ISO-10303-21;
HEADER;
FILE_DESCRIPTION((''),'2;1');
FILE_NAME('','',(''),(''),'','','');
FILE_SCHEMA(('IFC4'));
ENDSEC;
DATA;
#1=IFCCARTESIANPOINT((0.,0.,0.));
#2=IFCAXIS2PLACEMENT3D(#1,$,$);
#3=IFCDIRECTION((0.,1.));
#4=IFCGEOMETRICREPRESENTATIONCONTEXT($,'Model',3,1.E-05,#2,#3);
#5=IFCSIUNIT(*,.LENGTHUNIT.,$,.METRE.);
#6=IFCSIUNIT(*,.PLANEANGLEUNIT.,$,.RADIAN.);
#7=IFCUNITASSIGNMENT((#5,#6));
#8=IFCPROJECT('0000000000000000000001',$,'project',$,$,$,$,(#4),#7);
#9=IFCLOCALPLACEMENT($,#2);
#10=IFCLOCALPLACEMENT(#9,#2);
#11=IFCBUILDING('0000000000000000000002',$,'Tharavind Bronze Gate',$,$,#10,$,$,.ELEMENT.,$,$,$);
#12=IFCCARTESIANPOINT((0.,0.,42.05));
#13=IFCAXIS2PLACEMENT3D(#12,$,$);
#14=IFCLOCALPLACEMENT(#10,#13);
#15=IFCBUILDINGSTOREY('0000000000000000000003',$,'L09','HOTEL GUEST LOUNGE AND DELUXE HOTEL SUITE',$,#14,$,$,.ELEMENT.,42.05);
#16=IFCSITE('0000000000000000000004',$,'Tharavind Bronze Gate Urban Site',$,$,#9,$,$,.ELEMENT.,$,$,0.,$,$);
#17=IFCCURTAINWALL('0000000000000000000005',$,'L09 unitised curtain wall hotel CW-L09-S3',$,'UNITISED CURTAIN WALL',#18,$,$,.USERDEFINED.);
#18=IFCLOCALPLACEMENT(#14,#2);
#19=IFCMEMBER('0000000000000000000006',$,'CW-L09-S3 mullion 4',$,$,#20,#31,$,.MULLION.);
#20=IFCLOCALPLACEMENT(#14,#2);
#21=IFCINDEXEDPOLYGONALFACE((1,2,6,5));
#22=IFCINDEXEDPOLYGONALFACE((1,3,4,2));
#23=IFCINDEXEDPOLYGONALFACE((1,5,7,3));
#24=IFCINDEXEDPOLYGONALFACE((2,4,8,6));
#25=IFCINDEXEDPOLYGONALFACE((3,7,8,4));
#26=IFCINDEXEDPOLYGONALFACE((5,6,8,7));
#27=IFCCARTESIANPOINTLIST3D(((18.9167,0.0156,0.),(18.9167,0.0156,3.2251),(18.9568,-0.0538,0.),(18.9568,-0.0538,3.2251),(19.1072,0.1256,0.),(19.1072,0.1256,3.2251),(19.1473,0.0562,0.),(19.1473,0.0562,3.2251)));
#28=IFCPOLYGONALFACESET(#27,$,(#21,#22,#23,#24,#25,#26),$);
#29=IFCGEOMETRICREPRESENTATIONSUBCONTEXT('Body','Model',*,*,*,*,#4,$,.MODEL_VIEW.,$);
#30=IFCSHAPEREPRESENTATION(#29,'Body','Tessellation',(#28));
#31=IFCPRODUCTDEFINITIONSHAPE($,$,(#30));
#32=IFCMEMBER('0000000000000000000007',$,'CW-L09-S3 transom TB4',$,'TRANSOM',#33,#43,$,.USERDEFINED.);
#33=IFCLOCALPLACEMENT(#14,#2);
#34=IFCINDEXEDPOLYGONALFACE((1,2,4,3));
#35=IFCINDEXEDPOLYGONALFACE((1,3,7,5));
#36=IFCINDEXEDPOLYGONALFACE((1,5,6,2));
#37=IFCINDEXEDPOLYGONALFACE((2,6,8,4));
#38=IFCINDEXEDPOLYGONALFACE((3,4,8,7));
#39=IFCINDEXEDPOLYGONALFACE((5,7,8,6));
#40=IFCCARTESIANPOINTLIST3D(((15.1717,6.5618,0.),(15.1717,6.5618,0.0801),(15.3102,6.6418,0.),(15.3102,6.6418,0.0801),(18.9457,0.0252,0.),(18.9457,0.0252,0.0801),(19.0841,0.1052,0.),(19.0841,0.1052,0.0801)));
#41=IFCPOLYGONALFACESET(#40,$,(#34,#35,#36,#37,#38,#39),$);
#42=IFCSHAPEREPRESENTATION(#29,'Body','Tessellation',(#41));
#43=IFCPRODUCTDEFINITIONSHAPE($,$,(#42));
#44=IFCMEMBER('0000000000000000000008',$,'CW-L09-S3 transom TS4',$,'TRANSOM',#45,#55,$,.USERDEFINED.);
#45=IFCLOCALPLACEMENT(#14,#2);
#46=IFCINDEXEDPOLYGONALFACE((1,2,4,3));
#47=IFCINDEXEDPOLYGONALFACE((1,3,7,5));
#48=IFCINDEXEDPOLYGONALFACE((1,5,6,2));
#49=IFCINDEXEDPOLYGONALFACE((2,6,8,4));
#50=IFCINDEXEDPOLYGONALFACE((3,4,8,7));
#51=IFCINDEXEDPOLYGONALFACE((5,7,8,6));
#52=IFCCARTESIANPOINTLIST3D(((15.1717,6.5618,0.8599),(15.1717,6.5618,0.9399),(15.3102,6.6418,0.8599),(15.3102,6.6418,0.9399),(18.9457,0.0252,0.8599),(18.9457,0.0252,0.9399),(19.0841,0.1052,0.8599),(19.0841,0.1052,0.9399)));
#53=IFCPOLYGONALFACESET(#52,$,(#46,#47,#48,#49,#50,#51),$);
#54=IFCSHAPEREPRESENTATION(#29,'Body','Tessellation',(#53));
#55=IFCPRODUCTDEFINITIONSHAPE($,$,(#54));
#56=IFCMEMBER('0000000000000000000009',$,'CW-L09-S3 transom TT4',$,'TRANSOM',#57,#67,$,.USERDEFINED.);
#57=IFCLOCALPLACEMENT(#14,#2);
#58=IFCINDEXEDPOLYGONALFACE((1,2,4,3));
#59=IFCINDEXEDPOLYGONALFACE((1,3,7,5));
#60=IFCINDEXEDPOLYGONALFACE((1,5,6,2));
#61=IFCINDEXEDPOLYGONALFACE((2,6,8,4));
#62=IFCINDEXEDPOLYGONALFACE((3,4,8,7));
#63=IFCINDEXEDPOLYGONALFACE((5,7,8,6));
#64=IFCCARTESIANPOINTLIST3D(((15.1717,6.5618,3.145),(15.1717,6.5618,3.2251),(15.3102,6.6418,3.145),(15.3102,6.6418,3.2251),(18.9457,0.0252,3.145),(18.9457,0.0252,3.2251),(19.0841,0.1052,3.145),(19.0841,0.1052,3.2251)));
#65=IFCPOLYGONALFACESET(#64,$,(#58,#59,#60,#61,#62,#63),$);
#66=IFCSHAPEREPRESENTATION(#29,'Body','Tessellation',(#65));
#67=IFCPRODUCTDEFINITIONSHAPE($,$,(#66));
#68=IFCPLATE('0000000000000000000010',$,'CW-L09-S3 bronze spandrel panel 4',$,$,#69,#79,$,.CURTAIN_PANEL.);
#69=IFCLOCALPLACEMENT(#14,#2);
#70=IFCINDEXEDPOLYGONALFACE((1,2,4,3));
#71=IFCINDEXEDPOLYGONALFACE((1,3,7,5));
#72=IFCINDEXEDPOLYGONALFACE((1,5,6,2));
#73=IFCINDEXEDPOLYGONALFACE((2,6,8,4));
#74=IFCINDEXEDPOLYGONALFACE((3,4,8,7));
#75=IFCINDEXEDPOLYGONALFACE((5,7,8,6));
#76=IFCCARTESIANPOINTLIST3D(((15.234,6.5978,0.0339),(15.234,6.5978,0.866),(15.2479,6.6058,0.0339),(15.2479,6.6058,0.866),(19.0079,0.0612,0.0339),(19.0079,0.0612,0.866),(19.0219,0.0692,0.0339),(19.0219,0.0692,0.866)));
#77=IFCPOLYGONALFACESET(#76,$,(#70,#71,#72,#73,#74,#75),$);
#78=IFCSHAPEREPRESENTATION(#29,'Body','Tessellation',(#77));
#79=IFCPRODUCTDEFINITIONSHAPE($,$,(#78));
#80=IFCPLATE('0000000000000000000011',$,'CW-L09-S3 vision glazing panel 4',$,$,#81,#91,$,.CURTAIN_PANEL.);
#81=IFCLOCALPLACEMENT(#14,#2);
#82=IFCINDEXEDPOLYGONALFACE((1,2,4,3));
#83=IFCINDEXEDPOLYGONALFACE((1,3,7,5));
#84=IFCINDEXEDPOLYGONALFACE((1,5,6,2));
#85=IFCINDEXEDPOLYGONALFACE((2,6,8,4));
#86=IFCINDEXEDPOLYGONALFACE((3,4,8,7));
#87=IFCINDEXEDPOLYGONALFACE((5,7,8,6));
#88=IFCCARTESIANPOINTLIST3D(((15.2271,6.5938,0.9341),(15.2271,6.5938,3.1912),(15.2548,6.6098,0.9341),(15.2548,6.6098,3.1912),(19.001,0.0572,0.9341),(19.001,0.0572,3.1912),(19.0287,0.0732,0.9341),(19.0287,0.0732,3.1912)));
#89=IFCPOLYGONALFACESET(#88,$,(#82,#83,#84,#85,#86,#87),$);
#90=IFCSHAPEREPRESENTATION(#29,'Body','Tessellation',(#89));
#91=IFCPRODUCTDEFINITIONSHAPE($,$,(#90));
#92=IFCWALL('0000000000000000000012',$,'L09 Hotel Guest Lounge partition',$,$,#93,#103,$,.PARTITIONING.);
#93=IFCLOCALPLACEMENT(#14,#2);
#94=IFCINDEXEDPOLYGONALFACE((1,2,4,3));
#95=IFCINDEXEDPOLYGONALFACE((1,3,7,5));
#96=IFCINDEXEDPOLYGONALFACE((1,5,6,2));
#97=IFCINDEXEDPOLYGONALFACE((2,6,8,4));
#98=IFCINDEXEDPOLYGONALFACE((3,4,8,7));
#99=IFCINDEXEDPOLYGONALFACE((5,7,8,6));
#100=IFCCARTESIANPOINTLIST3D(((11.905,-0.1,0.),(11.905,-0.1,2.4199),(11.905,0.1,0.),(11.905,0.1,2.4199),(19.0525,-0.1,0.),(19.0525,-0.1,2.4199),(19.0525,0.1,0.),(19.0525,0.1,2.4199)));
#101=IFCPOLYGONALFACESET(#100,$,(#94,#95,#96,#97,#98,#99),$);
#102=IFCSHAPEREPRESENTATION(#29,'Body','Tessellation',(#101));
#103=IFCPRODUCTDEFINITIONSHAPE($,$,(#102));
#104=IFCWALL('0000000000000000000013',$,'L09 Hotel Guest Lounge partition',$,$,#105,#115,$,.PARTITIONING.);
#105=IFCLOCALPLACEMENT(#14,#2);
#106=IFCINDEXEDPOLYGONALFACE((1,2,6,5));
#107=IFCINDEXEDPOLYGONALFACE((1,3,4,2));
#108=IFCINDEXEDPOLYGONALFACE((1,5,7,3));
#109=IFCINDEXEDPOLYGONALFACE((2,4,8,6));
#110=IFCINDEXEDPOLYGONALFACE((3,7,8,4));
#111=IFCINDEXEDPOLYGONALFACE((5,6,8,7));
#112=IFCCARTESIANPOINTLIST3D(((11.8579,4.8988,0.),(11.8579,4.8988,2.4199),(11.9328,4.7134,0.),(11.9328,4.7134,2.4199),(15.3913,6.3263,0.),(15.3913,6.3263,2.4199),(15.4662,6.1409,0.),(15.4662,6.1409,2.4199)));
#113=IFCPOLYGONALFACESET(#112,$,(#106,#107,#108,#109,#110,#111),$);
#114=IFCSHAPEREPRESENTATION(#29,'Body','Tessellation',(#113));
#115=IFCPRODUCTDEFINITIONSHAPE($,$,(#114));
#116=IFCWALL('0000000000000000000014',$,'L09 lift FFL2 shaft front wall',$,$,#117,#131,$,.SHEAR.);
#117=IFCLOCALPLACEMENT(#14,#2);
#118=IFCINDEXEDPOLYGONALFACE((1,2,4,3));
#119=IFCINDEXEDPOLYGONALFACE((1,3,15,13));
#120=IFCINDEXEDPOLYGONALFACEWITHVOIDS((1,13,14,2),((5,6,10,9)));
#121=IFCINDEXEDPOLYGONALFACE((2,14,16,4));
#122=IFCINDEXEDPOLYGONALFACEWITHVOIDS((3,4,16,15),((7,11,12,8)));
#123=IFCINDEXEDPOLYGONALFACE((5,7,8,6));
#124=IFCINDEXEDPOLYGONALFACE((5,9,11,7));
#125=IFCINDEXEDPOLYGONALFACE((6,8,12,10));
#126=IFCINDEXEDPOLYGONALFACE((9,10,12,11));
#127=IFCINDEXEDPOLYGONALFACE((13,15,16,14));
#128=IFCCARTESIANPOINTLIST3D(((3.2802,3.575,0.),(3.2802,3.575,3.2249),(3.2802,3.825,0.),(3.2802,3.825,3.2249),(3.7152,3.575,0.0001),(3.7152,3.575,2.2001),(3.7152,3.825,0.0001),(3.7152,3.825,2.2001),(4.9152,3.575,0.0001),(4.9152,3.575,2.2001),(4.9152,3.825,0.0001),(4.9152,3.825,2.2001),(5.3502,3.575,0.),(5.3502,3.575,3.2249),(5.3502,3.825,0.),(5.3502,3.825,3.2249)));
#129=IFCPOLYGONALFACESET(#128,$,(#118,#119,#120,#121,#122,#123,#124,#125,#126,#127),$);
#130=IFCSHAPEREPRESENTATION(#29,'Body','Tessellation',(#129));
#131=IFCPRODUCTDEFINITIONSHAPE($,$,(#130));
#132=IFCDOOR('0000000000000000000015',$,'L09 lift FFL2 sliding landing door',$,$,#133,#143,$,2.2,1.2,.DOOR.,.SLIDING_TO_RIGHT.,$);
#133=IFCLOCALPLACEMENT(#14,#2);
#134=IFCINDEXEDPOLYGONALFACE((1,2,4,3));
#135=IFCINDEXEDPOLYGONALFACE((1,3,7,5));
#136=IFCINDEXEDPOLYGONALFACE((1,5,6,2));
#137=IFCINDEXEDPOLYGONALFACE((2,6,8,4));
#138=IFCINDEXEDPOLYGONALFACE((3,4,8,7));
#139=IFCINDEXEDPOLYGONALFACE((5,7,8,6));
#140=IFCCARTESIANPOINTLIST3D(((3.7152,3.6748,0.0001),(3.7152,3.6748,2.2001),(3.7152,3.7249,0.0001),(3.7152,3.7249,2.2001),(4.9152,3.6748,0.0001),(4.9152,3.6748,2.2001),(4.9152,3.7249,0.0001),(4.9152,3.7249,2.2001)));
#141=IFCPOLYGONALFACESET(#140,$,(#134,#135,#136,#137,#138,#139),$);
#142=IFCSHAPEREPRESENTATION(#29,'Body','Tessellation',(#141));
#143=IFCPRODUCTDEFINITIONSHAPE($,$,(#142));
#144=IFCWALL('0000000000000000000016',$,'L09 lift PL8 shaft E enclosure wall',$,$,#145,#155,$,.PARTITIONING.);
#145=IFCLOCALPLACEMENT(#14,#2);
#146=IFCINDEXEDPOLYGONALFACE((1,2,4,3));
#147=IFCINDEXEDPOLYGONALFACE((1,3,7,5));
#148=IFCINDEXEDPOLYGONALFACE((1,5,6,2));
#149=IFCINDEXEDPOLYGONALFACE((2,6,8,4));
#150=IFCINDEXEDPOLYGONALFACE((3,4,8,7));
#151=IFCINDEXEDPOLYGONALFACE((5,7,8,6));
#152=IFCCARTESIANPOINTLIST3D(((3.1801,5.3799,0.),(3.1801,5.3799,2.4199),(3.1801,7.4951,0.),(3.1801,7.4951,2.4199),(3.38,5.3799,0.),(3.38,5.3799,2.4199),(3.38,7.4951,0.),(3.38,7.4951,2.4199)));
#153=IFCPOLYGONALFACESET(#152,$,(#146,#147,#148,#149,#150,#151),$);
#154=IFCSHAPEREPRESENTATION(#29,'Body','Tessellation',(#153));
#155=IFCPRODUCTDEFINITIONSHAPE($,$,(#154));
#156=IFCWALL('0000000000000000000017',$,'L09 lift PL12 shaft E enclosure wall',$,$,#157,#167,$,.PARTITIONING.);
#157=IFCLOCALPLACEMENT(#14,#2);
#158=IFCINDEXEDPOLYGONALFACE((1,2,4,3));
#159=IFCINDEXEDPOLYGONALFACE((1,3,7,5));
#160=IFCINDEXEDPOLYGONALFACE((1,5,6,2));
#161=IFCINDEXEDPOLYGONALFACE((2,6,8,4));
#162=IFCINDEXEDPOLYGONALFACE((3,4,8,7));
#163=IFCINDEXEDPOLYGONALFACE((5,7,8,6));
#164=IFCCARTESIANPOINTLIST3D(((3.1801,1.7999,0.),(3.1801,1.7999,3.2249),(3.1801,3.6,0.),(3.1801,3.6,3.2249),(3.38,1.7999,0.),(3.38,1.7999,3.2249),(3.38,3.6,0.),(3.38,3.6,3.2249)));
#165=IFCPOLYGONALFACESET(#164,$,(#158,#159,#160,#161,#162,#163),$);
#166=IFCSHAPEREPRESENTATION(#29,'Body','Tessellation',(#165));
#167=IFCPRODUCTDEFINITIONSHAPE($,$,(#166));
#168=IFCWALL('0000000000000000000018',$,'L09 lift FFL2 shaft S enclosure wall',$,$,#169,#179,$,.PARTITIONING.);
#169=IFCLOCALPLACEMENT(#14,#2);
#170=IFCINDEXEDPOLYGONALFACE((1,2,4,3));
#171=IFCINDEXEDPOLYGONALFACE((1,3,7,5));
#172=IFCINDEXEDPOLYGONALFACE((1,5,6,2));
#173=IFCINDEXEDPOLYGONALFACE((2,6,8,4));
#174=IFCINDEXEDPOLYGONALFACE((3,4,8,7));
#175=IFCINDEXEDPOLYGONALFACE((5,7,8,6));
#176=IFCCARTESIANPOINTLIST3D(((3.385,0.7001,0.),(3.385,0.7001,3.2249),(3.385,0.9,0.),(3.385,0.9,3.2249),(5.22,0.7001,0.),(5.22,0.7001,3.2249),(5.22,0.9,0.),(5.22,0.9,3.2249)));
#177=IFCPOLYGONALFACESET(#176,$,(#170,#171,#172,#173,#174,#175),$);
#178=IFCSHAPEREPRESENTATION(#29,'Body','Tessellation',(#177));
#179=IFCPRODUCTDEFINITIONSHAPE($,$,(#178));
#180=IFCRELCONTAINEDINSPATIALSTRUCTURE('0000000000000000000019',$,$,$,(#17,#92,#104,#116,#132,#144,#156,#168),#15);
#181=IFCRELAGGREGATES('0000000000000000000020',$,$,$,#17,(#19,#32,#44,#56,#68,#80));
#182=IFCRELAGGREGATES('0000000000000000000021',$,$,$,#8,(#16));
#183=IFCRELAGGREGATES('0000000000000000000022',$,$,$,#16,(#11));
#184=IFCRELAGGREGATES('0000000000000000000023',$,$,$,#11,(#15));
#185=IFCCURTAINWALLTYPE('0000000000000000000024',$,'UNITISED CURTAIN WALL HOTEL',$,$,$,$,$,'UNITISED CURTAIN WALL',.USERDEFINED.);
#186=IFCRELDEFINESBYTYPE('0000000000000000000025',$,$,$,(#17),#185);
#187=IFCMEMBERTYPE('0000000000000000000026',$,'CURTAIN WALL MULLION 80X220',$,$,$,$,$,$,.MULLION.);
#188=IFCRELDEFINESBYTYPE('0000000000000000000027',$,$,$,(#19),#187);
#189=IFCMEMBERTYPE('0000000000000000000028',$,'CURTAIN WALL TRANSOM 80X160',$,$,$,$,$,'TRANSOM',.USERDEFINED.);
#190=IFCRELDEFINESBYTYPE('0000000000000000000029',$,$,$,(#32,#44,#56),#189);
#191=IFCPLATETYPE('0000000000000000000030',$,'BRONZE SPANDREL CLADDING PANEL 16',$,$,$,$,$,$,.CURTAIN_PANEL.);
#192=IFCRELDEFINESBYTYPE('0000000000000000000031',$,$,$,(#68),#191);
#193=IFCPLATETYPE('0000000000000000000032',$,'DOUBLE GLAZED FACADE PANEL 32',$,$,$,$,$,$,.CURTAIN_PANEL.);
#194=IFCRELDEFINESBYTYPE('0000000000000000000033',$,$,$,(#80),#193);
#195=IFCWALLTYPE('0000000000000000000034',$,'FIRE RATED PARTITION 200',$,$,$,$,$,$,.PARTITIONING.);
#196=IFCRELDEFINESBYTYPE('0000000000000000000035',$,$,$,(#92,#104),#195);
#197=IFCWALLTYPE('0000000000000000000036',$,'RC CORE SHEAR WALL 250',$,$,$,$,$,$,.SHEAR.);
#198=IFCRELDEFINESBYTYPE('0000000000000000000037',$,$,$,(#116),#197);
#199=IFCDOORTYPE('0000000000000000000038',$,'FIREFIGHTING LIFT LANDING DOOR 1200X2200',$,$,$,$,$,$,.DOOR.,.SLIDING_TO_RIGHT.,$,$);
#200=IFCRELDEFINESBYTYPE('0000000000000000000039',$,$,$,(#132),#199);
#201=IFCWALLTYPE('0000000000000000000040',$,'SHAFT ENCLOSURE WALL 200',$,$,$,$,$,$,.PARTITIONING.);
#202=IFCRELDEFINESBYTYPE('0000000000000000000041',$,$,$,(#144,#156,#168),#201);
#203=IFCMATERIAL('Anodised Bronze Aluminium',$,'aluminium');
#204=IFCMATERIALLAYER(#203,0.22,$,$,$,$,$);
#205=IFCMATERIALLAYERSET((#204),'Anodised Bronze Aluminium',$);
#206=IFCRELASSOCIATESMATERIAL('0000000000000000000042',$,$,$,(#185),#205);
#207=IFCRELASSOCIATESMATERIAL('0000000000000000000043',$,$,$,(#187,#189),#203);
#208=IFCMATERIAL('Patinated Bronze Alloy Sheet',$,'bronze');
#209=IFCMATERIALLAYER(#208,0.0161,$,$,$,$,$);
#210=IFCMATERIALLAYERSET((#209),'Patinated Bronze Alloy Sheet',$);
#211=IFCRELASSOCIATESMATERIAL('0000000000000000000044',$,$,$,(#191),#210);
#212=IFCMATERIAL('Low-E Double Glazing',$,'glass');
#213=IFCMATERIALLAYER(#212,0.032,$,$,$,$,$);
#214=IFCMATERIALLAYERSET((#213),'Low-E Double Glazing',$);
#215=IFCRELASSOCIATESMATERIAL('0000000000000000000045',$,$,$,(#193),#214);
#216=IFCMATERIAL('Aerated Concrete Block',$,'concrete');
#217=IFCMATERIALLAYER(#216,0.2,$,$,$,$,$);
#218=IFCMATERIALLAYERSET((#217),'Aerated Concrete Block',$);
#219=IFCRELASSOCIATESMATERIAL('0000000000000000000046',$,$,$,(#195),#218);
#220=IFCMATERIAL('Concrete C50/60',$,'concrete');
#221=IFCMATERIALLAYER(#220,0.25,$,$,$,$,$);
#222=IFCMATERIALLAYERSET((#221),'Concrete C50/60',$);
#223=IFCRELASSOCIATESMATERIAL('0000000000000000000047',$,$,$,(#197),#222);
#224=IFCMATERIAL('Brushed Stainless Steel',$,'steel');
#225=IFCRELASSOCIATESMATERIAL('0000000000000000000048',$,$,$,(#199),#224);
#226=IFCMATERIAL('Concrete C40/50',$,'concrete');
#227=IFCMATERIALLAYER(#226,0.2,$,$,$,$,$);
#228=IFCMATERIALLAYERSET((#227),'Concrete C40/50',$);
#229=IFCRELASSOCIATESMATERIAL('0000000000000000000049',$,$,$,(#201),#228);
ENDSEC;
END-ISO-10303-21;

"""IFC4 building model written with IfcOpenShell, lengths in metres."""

from ifc_helpers import new_model, si_unit, direction, frame, frame_2d, origin, origin_2d, place, context, subcontext, project, spatial, rectangle, extrude, material, layer, layer_set, type_object, element, fill, aggregate, save


model = new_model("IFC4")

# Units and contexts
model_context = context("Model", 3, precision=1e-05, world=origin(), true_north=direction((0.0, 1.0)))
body_context = subcontext(model_context, "Body", "Model", "MODEL_VIEW")
ifc_project = project(units=[si_unit("LENGTHUNIT", "METRE"), si_unit("PLANEANGLEUNIT", "RADIAN")], contexts=[model_context])

# Site, building, storey
site_placement = place(None, origin())
site = spatial("IfcSite", under=ifc_project, at=site_placement, Name="Tharavind Bronze Gate Urban Site", CompositionType="ELEMENT", RefElevation=0.0)
building_placement = place(site_placement, origin())
building = spatial("IfcBuilding", under=site, at=building_placement, Name="Tharavind Bronze Gate", CompositionType="ELEMENT")
storey_placement = place(building_placement, frame((0.0, 0.0, 42.05)))
storey = spatial("IfcBuildingStorey", under=building, at=storey_placement, Name="L09", Description="HOTEL GUEST LOUNGE AND DELUXE HOTEL SUITE", CompositionType="ELEMENT", Elevation=42.05)

# Curtain wall, members, plates
ifc_material_1 = material(Name="Anodised Bronze Aluminium", Category="aluminium")
ifc_layer_1 = layer(ifc_material_1, 0.22)
ifc_layer_set_1 = layer_set([ifc_layer_1], Name="Anodised Bronze Aluminium")
curtain_wall_type = type_object("IfcCurtainWallType", Name="UNITISED CURTAIN WALL HOTEL", ElementType="UNITISED CURTAIN WALL", PredefinedType="USERDEFINED", material=ifc_layer_set_1)
curtain_wall_placement = place(storey_placement, origin())
curtain_wall = element("IfcCurtainWall", 1, at=curtain_wall_placement, inside=storey, type_object=curtain_wall_type, Name="L09 unitised curtain wall hotel CW-L09-S3", ObjectType="UNITISED CURTAIN WALL", PredefinedType="USERDEFINED")
member_type_1 = type_object("IfcMemberType", Name="CURTAIN WALL MULLION 80X220", PredefinedType="MULLION", material=ifc_material_1)
member_1_placement = place(storey_placement, frame((19.032, 0.0359, 0.0), z_axis=(0.0, 0.0, 1.0), x_axis=(-0.500002, 0.866025, 0.0)))
member_1 = element("IfcMember", 2, at=member_1_placement, type_object=member_type_1, Name="CW-L09-S3 mullion 4", PredefinedType="MULLION", context=body_context, shape_type="SweptSolid", body=[
    extrude(rectangle(XDim=0.0801, YDim=0.22, at=origin_2d()), origin(), (0.0, 0.0, 1.0), 3.2251),
])
member_type_2 = type_object("IfcMemberType", Name="CURTAIN WALL TRANSOM 80X160", ElementType="TRANSOM", PredefinedType="USERDEFINED", material=ifc_material_1)
member_2_placement = place(storey_placement, frame((17.1279, 3.3335, 0.0), z_axis=(0.0, 0.0, 1.0), x_axis=(-0.500002, 0.866025, 0.0)))
member_2 = element("IfcMember", 3, at=member_2_placement, type_object=member_type_2, Name="CW-L09-S3 transom TB4", ObjectType="TRANSOM", PredefinedType="USERDEFINED", context=body_context, shape_type="SweptSolid", body=[
    extrude(rectangle(XDim=7.5479, YDim=0.1599, at=origin_2d()), origin(), (0.0, 0.0, 1.0), 0.0801),
])
member_3_placement = place(storey_placement, frame((17.1279, 3.3335, 0.8599), z_axis=(0.0, 0.0, 1.0), x_axis=(-0.500002, 0.866025, 0.0)))
member_3 = element("IfcMember", 4, at=member_3_placement, type_object=member_type_2, Name="CW-L09-S3 transom TS4", ObjectType="TRANSOM", PredefinedType="USERDEFINED", context=body_context, shape_type="SweptSolid", body=[
    extrude(rectangle(XDim=7.5479, YDim=0.1599, at=origin_2d()), origin(), (0.0, 0.0, 1.0), 0.0801),
])
member_4_placement = place(storey_placement, frame((17.1279, 3.3335, 3.145), z_axis=(0.0, 0.0, 1.0), x_axis=(-0.500002, 0.866025, 0.0)))
member_4 = element("IfcMember", 5, at=member_4_placement, type_object=member_type_2, Name="CW-L09-S3 transom TT4", ObjectType="TRANSOM", PredefinedType="USERDEFINED", context=body_context, shape_type="SweptSolid", body=[
    extrude(rectangle(XDim=7.5479, YDim=0.1599, at=origin_2d()), origin(), (0.0, 0.0, 1.0), 0.0801),
])
ifc_material_2 = material(Name="Patinated Bronze Alloy Sheet", Category="bronze")
ifc_layer_2 = layer(ifc_material_2, 0.0161)
ifc_layer_set_2 = layer_set([ifc_layer_2], Name="Patinated Bronze Alloy Sheet")
plate_type_1 = type_object("IfcPlateType", Name="BRONZE SPANDREL CLADDING PANEL 16", PredefinedType="CURTAIN_PANEL", material=ifc_layer_set_2)
plate_1_placement = place(storey_placement, frame((17.1279, 3.3335, 0.0339), z_axis=(0.0, 0.0, 1.0), x_axis=(-0.500002, 0.866025, 0.0)))
plate_1 = element("IfcPlate", 6, at=plate_1_placement, type_object=plate_type_1, Name="CW-L09-S3 bronze spandrel panel 4", PredefinedType="CURTAIN_PANEL", context=body_context, shape_type="SweptSolid", body=[
    extrude(rectangle(XDim=7.5479, YDim=0.0161, at=origin_2d()), origin(), (0.0, 0.0, 1.0), 0.832),
])
ifc_material_3 = material(Name="Low-E Double Glazing", Category="glass")
ifc_layer_3 = layer(ifc_material_3, 0.032)
ifc_layer_set_3 = layer_set([ifc_layer_3], Name="Low-E Double Glazing")
plate_type_2 = type_object("IfcPlateType", Name="DOUBLE GLAZED FACADE PANEL 32", PredefinedType="CURTAIN_PANEL", material=ifc_layer_set_3)
plate_2_placement = place(storey_placement, frame((17.1279, 3.3335, 0.9341), z_axis=(0.0, 0.0, 1.0), x_axis=(-0.500002, 0.866025, 0.0)))
plate_2 = element("IfcPlate", 7, at=plate_2_placement, type_object=plate_type_2, Name="CW-L09-S3 vision glazing panel 4", PredefinedType="CURTAIN_PANEL", context=body_context, shape_type="SweptSolid", body=[
    extrude(rectangle(XDim=7.5479, YDim=0.032, at=origin_2d()), origin(), (0.0, 0.0, 1.0), 2.2571),
])
aggregate(curtain_wall, [member_1, member_2, member_3, member_4, plate_1, plate_2])

# Wall
ifc_material_4 = material(Name="Aerated Concrete Block", Category="concrete")
ifc_layer_4 = layer(ifc_material_4, 0.2)
ifc_layer_set_4 = layer_set([ifc_layer_4], Name="Aerated Concrete Block")
wall_type_1 = type_object("IfcWallType", Name="FIRE RATED PARTITION 200", PredefinedType="PARTITIONING", material=ifc_layer_set_4)
wall_1_placement = place(storey_placement, frame((19.0525, 0.0, 0.0), z_axis=(0.0, 0.0, 1.0), x_axis=(-1.0, 0.0, 0.0)))
element("IfcWall", 8, at=wall_1_placement, inside=storey, type_object=wall_type_1, Name="L09 Hotel Guest Lounge partition", PredefinedType="PARTITIONING", context=body_context, shape_type="SweptSolid", body=[
    extrude(rectangle(XDim=7.1475, YDim=0.2, at=frame_2d((3.5737, 0.0))), origin(), (0.0, 0.0, 1.0), 2.4199),
])

# Wall
wall_2_placement = place(storey_placement, frame((11.8955, 4.8062, 0.0), z_axis=(0.0, 0.0, 1.0), x_axis=(0.927185, 0.374603, 0.0)))
element("IfcWall", 9, at=wall_2_placement, inside=storey, type_object=wall_type_1, Name="L09 Hotel Guest Lounge partition", PredefinedType="PARTITIONING", context=body_context, shape_type="SweptSolid", body=[
    extrude(rectangle(XDim=3.8108, YDim=0.2, at=frame_2d((1.9053, 0.0))), origin(), (0.0, 0.0, 1.0), 2.4199),
])

# Wall, opening, door
ifc_material_5 = material(Name="Concrete C50/60", Category="concrete")
ifc_layer_5 = layer(ifc_material_5, 0.25)
ifc_layer_set_5 = layer_set([ifc_layer_5], Name="Concrete C50/60")
wall_type_2 = type_object("IfcWallType", Name="RC CORE SHEAR WALL 250", PredefinedType="SHEAR", material=ifc_layer_set_5)
wall_3_placement = place(storey_placement, frame((3.28, 3.7, 0.0), z_axis=(0.0, 0.0, 1.0), x_axis=(1.0, 0.0, 0.0)))
wall_3 = element("IfcWall", 10, at=wall_3_placement, inside=storey, type_object=wall_type_2, Name="L09 lift FFL2 shaft front wall", PredefinedType="SHEAR", context=body_context, shape_type="SweptSolid", body=[
    extrude(rectangle(XDim=2.0701, YDim=0.25, at=frame_2d((1.0352, 0.0))), origin(), (0.0, 0.0, 1.0), 3.2249),
])
opening_1_placement = place(wall_3_placement, frame((0.4351, 0.0, 0.0)))
opening_1 = element("IfcOpeningElement", 11, at=opening_1_placement, cuts=wall_3, PredefinedType="OPENING", context=body_context, shape_type="SweptSolid", body=[
    extrude(rectangle(XDim=1.2, YDim=2.2, at=frame_2d((0.6001, 1.1001))), frame((0.0, 0.135, 0.0), z_axis=(0.0, -1.0, 0.0), x_axis=(1.0, 0.0, 0.0)), (0.0, 0.0, 1.0), 0.27),
])
ifc_material_6 = material(Name="Brushed Stainless Steel", Category="steel")
door_type_1 = type_object("IfcDoorType", Name="FIREFIGHTING LIFT LANDING DOOR 1200X2200", OperationType="SLIDING_TO_RIGHT", PredefinedType="DOOR", material=ifc_material_6)
door_1_placement = place(opening_1_placement, origin())
door_1 = element("IfcDoor", 12, at=door_1_placement, inside=storey, type_object=door_type_1, Name="L09 lift FFL2 sliding landing door", OperationType="SLIDING_TO_RIGHT", OverallHeight=2.2, OverallWidth=1.2, PredefinedType="DOOR", context=body_context, shape_type="SweptSolid", body=[
    extrude(rectangle(XDim=1.2, YDim=2.2, at=frame_2d((0.6001, 1.1001))), frame((0.0, 0.0249, 0.0), z_axis=(0.0, -1.0, 0.0), x_axis=(1.0, 0.0, 0.0)), (0.0, 0.0, 1.0), 0.05),
])
fill(opening_1, door_1)

# Walls
ifc_material_7 = material(Name="Concrete C40/50", Category="concrete")
ifc_layer_6 = layer(ifc_material_7, 0.2)
ifc_layer_set_6 = layer_set([ifc_layer_6], Name="Concrete C40/50")
wall_type_3 = type_object("IfcWallType", Name="SHAFT ENCLOSURE WALL 200", PredefinedType="PARTITIONING", material=ifc_layer_set_6)
wall_4_placement = place(storey_placement, frame((3.28, 5.3799, 0.0), z_axis=(0.0, 0.0, 1.0), x_axis=(0.0, 1.0, 0.0)))
element("IfcWall", 13, at=wall_4_placement, inside=storey, type_object=wall_type_3, Name="L09 lift PL8 shaft E enclosure wall", PredefinedType="PARTITIONING", context=body_context, shape_type="SweptSolid", body=[
    extrude(rectangle(XDim=2.1152, YDim=0.2, at=frame_2d((1.0576, 0.0))), origin(), (0.0, 0.0, 1.0), 2.4199),
])
wall_5_placement = place(storey_placement, frame((3.28, 1.8, 0.0), z_axis=(0.0, 0.0, 1.0), x_axis=(0.0, 1.0, 0.0)))
element("IfcWall", 14, at=wall_5_placement, inside=storey, type_object=wall_type_3, Name="L09 lift PL12 shaft E enclosure wall", PredefinedType="PARTITIONING", context=body_context, shape_type="SweptSolid", body=[
    extrude(rectangle(XDim=1.8, YDim=0.2, at=frame_2d((0.8999, 0.0))), origin(), (0.0, 0.0, 1.0), 3.2249),
])
for number, where, z_axis, x_axis, name in (
    (15, (3.385, 0.8, 0.0), (0.0, 0.0, 1.0), (1.0, 0.0, 0.0), "L09 lift FFL2 shaft S enclosure wall"),
):
    element("IfcWall", number, at=place(storey_placement, frame(where, z_axis=z_axis, x_axis=x_axis)), inside=storey, type_object=wall_type_3, Name=name, PredefinedType="PARTITIONING", context=body_context, shape_type="SweptSolid", body=[
        extrude(rectangle(XDim=1.835, YDim=0.2, at=frame_2d((0.9175, 0.0))), origin(), (0.0, 0.0, 1.0), 3.2249),
    ])

save(model, "model.ifc")
